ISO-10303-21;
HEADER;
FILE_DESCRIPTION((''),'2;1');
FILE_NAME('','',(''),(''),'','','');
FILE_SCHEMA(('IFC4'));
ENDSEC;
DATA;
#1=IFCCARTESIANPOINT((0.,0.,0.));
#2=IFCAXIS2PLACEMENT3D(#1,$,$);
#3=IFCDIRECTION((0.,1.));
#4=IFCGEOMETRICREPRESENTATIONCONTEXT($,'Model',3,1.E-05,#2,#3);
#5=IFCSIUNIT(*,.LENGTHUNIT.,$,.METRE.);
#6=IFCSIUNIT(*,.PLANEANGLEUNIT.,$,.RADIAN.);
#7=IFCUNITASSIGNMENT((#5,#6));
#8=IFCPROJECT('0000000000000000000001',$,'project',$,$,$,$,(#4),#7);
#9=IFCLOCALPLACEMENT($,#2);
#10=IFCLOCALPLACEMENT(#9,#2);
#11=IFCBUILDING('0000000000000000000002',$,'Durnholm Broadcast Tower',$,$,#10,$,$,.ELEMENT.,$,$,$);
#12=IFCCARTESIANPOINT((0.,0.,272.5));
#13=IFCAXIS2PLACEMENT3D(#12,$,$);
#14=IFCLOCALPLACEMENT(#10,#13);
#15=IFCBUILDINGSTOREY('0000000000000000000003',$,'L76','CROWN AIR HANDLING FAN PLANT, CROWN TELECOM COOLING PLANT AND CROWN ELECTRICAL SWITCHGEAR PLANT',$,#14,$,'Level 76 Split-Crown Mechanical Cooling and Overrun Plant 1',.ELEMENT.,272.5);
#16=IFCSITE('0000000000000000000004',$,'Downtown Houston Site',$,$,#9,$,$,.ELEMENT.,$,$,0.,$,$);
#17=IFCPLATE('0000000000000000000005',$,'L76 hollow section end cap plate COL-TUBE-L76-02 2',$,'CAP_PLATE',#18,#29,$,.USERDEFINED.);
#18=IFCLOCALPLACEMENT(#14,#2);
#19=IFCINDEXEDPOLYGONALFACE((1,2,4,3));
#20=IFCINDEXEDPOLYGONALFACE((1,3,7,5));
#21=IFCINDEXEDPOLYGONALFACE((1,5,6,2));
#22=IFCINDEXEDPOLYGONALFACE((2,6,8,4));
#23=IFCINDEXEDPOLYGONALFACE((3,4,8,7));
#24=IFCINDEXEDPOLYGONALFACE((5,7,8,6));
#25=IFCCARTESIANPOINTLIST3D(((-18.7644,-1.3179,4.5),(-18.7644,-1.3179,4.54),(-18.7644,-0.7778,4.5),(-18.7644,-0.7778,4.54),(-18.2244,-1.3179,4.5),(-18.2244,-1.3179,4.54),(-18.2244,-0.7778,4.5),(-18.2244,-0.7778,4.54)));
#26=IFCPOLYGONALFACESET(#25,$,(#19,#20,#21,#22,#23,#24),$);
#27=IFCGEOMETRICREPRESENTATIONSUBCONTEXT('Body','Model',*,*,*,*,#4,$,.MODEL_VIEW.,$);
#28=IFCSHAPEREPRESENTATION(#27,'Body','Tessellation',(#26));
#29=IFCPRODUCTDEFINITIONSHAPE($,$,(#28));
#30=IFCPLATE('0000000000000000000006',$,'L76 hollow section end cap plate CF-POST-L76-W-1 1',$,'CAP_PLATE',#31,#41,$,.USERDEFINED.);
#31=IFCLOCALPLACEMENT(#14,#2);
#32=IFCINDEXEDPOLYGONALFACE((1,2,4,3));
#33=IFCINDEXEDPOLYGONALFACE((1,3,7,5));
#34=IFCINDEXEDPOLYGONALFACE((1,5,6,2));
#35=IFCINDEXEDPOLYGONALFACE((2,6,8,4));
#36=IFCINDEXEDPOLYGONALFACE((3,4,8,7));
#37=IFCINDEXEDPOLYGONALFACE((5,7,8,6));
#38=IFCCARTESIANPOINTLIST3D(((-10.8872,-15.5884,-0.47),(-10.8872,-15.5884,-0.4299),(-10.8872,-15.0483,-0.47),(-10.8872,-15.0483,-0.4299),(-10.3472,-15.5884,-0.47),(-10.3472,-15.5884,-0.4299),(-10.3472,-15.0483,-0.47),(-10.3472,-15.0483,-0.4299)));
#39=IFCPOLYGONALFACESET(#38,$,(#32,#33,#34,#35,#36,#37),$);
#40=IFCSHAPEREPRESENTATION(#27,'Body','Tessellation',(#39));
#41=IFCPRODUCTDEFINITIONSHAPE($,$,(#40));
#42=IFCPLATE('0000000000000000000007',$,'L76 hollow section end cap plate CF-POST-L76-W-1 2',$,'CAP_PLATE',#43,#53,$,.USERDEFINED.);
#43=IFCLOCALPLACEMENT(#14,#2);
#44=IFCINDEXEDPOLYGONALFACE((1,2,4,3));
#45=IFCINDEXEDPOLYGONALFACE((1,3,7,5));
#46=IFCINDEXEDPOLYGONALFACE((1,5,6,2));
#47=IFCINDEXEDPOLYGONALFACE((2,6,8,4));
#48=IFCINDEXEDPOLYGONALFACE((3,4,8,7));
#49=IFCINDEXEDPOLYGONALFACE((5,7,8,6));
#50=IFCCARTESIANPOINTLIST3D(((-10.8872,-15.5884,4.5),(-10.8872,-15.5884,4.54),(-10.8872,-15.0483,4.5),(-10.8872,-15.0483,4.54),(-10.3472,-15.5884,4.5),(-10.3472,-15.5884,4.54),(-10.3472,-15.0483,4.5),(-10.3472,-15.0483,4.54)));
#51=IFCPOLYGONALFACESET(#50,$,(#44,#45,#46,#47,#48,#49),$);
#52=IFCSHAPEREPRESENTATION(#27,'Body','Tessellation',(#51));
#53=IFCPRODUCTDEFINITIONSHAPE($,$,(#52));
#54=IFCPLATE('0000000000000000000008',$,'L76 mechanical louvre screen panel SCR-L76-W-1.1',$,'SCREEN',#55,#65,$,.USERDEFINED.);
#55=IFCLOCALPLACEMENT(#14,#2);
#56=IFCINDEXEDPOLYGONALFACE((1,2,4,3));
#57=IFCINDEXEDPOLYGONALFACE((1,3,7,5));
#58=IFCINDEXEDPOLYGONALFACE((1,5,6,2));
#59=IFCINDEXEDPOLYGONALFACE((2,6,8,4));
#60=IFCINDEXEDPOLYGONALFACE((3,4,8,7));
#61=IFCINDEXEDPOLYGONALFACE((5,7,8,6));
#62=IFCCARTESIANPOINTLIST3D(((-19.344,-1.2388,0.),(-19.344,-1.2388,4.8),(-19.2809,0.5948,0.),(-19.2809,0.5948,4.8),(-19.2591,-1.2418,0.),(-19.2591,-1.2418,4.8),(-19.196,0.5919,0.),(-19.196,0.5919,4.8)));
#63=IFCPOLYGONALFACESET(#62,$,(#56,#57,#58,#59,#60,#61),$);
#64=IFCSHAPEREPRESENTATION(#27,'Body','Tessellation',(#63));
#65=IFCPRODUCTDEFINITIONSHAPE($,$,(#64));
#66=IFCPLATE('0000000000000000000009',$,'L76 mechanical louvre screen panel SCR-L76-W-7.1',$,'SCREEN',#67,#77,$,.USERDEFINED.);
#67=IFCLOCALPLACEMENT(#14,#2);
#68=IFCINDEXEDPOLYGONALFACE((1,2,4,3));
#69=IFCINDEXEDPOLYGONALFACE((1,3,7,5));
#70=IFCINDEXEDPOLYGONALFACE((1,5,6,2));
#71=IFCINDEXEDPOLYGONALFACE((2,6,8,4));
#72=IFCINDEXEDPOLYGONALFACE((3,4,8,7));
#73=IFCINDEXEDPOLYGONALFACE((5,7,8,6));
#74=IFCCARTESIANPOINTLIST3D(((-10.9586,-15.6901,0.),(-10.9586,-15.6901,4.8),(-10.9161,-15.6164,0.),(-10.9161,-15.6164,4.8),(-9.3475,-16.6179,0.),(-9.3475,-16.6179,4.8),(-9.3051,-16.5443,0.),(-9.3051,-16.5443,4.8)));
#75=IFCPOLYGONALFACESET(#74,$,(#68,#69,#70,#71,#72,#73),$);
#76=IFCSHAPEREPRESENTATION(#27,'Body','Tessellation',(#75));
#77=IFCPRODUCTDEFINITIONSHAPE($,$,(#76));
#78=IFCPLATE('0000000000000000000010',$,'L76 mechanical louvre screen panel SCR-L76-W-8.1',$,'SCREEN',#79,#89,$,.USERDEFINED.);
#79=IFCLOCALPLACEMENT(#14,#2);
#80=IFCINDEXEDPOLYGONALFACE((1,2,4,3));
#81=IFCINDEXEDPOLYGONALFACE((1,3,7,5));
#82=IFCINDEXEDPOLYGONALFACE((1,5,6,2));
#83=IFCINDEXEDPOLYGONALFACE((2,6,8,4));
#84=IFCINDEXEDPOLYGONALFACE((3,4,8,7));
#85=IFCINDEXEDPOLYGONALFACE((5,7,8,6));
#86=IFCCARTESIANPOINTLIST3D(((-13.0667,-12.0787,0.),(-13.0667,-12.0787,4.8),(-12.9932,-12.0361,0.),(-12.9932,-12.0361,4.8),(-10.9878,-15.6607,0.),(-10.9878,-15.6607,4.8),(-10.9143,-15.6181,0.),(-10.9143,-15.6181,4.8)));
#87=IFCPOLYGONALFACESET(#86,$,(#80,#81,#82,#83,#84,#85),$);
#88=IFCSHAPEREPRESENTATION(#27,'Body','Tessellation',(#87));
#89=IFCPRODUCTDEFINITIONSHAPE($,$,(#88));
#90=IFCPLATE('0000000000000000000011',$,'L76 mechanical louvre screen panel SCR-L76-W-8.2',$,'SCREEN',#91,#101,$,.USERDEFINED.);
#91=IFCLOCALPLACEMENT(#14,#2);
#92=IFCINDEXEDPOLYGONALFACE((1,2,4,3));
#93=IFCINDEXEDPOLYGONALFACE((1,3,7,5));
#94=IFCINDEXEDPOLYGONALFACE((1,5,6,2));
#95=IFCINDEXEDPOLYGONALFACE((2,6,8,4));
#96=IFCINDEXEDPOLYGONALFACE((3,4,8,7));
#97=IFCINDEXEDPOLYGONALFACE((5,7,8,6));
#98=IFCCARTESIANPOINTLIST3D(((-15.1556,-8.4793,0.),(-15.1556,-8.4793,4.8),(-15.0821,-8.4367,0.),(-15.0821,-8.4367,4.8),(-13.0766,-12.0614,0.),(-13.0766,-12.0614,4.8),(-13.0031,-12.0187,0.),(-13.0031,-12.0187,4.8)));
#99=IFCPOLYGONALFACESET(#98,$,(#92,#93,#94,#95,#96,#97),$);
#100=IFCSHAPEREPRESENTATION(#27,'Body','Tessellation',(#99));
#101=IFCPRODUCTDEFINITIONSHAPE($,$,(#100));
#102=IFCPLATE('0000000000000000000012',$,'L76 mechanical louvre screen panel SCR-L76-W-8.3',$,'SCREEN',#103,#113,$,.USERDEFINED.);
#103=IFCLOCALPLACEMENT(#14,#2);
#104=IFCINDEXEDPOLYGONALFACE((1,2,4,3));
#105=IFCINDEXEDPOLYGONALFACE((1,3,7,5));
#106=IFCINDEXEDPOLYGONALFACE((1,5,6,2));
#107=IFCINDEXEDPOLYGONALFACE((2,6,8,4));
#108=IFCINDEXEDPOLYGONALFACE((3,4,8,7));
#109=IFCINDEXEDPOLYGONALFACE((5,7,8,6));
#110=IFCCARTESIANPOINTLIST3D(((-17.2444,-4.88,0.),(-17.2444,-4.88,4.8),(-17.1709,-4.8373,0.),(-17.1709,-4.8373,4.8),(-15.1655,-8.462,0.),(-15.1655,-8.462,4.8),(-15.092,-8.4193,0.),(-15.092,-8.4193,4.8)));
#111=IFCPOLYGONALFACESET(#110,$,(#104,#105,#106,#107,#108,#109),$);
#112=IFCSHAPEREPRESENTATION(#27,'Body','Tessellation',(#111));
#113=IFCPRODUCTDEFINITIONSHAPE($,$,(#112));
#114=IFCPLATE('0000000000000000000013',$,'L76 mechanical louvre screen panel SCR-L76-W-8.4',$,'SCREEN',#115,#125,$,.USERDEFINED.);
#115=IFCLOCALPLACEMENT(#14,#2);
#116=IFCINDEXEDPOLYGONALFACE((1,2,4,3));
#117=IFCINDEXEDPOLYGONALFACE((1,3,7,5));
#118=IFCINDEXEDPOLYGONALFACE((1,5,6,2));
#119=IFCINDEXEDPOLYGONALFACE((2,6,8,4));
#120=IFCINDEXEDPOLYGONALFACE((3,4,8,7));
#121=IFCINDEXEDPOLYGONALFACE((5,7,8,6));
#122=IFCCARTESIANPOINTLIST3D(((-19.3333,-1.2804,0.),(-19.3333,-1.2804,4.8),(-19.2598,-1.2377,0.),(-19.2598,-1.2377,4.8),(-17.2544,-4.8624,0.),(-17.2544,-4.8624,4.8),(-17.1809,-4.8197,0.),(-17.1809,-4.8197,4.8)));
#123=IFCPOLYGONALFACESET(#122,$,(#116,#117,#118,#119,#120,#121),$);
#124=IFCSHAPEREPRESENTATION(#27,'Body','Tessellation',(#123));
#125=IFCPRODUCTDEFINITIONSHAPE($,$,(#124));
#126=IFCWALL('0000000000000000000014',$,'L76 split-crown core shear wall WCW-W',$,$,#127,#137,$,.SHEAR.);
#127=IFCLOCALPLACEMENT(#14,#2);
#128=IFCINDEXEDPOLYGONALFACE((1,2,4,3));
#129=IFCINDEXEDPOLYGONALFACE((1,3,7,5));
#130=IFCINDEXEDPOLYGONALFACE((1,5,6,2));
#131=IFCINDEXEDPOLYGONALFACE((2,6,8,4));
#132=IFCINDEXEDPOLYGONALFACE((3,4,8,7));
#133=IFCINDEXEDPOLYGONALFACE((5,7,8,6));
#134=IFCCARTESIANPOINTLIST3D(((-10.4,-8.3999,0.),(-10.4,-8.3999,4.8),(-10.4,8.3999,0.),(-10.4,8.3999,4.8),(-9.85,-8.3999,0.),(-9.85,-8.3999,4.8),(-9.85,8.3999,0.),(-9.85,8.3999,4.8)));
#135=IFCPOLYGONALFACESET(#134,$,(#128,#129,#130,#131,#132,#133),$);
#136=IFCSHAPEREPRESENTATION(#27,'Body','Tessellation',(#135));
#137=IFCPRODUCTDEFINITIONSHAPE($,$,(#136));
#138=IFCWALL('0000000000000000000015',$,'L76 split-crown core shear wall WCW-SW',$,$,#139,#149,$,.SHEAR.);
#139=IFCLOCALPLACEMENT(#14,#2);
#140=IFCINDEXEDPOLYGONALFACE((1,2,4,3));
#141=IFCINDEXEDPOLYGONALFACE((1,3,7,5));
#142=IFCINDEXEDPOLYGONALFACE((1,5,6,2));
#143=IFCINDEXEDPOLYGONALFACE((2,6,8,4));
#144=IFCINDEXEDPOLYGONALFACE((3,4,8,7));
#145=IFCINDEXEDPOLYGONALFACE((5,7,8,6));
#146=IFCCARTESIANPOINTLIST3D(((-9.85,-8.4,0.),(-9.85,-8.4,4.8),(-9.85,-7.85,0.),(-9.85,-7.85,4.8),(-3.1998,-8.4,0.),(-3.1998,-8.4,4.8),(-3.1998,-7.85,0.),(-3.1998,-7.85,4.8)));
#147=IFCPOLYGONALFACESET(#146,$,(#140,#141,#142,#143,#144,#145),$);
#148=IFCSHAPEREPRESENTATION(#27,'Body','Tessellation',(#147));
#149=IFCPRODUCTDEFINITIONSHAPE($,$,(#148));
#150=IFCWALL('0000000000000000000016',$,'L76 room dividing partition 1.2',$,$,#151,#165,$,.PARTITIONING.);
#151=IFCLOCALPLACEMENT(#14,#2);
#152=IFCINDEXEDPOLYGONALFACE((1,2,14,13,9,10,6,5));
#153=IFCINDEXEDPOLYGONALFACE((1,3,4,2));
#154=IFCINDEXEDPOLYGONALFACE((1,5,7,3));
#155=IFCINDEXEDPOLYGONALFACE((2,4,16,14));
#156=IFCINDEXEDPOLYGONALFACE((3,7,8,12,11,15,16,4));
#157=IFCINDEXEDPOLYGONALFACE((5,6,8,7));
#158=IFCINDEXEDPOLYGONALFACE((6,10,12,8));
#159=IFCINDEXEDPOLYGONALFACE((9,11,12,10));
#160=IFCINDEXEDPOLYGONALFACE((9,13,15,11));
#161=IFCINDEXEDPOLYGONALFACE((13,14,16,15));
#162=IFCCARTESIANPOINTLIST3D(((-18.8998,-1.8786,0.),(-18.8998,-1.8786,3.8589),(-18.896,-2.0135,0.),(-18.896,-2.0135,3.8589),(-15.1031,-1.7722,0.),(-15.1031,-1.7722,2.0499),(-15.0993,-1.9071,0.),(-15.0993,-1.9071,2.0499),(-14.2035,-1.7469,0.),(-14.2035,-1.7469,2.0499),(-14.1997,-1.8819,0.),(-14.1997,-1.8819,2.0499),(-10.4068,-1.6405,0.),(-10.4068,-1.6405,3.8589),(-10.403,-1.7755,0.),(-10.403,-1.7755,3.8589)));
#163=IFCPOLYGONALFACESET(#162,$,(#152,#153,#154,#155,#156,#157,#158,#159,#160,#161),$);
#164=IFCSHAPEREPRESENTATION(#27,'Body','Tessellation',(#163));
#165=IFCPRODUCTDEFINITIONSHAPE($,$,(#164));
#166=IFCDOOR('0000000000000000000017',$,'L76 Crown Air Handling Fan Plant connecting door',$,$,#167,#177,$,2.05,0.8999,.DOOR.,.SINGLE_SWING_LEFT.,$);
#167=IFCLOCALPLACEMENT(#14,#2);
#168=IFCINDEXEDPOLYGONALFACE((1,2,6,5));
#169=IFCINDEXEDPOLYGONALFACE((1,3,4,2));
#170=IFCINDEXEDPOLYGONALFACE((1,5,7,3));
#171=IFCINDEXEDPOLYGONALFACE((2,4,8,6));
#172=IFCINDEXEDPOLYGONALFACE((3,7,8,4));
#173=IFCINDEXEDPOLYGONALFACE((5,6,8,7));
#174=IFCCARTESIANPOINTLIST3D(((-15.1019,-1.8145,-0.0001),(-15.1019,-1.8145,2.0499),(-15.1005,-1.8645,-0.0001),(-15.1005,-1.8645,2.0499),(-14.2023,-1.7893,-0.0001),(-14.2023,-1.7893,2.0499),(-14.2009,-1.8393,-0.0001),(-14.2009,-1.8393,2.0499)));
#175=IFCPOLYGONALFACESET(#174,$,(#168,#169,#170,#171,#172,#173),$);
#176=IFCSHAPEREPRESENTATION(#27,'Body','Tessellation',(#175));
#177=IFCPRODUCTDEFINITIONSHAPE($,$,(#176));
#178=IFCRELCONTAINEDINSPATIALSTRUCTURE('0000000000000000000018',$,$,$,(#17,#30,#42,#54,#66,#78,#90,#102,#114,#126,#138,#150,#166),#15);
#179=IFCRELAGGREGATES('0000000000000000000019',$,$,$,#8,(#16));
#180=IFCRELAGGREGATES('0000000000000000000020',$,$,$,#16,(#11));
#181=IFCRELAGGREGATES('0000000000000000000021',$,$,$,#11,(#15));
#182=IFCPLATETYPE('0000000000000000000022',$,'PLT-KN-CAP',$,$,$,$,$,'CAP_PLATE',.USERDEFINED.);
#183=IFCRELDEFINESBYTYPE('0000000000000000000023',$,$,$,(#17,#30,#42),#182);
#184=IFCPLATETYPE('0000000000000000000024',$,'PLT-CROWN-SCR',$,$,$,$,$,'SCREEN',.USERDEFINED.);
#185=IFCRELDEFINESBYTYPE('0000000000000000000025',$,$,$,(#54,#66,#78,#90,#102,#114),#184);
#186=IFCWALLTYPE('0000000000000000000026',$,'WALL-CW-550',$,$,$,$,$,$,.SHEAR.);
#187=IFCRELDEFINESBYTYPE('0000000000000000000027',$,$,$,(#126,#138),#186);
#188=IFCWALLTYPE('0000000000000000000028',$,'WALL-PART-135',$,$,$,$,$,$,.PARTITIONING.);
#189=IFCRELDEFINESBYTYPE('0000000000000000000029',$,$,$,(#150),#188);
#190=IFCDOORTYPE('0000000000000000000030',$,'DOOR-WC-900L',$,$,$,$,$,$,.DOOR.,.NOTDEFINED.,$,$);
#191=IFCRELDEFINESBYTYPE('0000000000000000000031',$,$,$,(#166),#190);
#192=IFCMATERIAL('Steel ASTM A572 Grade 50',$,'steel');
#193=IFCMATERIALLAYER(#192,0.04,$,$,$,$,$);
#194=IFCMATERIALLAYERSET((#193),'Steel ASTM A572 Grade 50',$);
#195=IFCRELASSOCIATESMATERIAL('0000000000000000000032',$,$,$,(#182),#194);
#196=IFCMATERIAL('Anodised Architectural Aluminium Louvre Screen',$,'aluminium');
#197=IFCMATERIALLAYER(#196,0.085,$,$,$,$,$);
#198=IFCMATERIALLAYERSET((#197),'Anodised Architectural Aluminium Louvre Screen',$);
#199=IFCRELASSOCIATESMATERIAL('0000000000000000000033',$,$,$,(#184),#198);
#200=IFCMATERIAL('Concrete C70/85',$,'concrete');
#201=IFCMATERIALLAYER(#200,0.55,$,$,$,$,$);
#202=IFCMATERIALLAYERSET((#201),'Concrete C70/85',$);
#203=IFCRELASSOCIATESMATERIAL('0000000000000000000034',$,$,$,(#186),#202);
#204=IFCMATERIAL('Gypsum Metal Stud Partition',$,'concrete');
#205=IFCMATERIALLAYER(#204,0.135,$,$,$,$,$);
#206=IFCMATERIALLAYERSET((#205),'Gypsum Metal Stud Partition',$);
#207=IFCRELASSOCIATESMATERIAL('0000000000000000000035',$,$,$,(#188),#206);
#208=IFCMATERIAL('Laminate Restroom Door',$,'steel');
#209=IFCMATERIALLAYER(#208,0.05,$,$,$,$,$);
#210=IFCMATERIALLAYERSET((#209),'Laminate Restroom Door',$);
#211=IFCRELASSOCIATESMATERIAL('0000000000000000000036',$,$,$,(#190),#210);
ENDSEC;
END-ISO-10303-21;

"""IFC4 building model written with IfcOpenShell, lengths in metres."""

from ifc_helpers import new_model, si_unit, direction, frame, frame_2d, origin, origin_2d, place, context, subcontext, project, spatial, rectangle, extrude, source, transform, mapped, material, layer, layer_set, type_object, type_shapes, element, fill, save


model = new_model("IFC4")

# Units and contexts
model_context = context("Model", 3, precision=1e-05, world=origin(), true_north=direction((0.0, 1.0)))
body_context = subcontext(model_context, "Body", "Model", "MODEL_VIEW")
ifc_project = project(units=[si_unit("LENGTHUNIT", "METRE"), si_unit("PLANEANGLEUNIT", "RADIAN")], contexts=[model_context])

# Site, building, storey
site_placement = place(None, origin())
site = spatial("IfcSite", under=ifc_project, at=site_placement, Name="Downtown Houston Site", CompositionType="ELEMENT", RefElevation=0.0)
building_placement = place(site_placement, origin())
building = spatial("IfcBuilding", under=site, at=building_placement, Name="Durnholm Broadcast Tower", CompositionType="ELEMENT")
storey_placement = place(building_placement, frame((0.0, 0.0, 272.5)))
storey = spatial("IfcBuildingStorey", under=building, at=storey_placement, Name="L76", Description="CROWN AIR HANDLING FAN PLANT, CROWN TELECOM COOLING PLANT AND CROWN ELECTRICAL SWITCHGEAR PLANT", LongName="Level 76 Split-Crown Mechanical Cooling and Overrun Plant 1", CompositionType="ELEMENT", Elevation=272.5)

# Shared definitions
ifc_material_1 = material(Name="Concrete C70/85", Category="concrete")

# Plates
ifc_material_2 = material(Name="Steel ASTM A572 Grade 50", Category="steel")
ifc_layer_1 = layer(ifc_material_2, 0.04)
ifc_layer_set_1 = layer_set([ifc_layer_1], Name="Steel ASTM A572 Grade 50")
plate_type_1 = type_object("IfcPlateType", Name="PLT-KN-CAP", ElementType="CAP_PLATE", PredefinedType="USERDEFINED", material=ifc_layer_set_1)
shared_shape_1 = source(origin(), body_context, "Body", "SweptSolid", [
    extrude(rectangle(XDim=0.54, YDim=0.54, at=origin_2d()), origin(), (0.0, 0.0, 1.0), 0.04),
])
type_shapes(plate_type_1, [shared_shape_1])
for number, where, z_axis, x_axis, name in (
    (1, (-18.4944, -1.0479, 4.5), (0.0, 0.0, 1.0), (1.0, 0.0, 0.0), "L76 hollow section end cap plate COL-TUBE-L76-02 2"),
    (2, (-10.6172, -15.3184, -0.47), (0.0, 0.0, 1.0), (1.0, 0.0, 0.0), "L76 hollow section end cap plate CF-POST-L76-W-1 1"),
    (3, (-10.6172, -15.3184, 4.5), (0.0, 0.0, 1.0), (1.0, 0.0, 0.0), "L76 hollow section end cap plate CF-POST-L76-W-1 2"),
):
    element("IfcPlate", number, at=place(storey_placement, frame(where, z_axis=z_axis, x_axis=x_axis)), inside=storey, type_object=plate_type_1, Name=name, ObjectType="CAP_PLATE", PredefinedType="USERDEFINED", context=body_context, shape_type="MappedRepresentation", body=[
        mapped(shared_shape_1, transform((0.0, 0.0, 0.0), x_axis=(1.0, 0.0, 0.0), y_axis=(0.0, 1.0, 0.0), z_axis=(0.0, 0.0, 1.0), scale=1.0)),
    ])
ifc_material_3 = material(Name="Anodised Architectural Aluminium Louvre Screen", Category="aluminium")
ifc_layer_2 = layer(ifc_material_3, 0.085)
ifc_layer_set_2 = layer_set([ifc_layer_2], Name="Anodised Architectural Aluminium Louvre Screen")
plate_type_2 = type_object("IfcPlateType", Name="PLT-CROWN-SCR", ElementType="SCREEN", PredefinedType="USERDEFINED", material=ifc_layer_set_2)
shared_shape_2 = source(origin(), body_context, "Body", "SweptSolid", [
    extrude(rectangle(XDim=1.8347, YDim=0.085, at=origin_2d()), origin(), (0.0, 0.0, 1.0), 4.8),
])
plate_1_placement = place(storey_placement, frame((-19.27, -0.3235, 0.0), z_axis=(0.0, 0.0, 1.0), x_axis=(0.034376, 0.999409, 0.0)))
element("IfcPlate", 4, at=plate_1_placement, inside=storey, type_object=plate_type_2, Name="L76 mechanical louvre screen panel SCR-L76-W-1.1", ObjectType="SCREEN", PredefinedType="USERDEFINED", context=body_context, shape_type="MappedRepresentation", body=[
    mapped(shared_shape_2, transform((0.0, 0.0, 0.0), x_axis=(1.0, 0.0, 0.0), y_axis=(0.0, 1.0, 0.0), z_axis=(0.0, 0.0, 1.0), scale=1.0)),
])
shared_shape_3 = source(origin(), body_context, "Body", "SweptSolid", [
    extrude(rectangle(XDim=1.8591, YDim=0.085, at=origin_2d()), origin(), (0.0, 0.0, 1.0), 4.8),
])
plate_2_placement = place(storey_placement, frame((-10.1318, -16.1172, 0.0), z_axis=(0.0, 0.0, 1.0), x_axis=(-0.866549, 0.499093, 0.0)))
element("IfcPlate", 5, at=plate_2_placement, inside=storey, type_object=plate_type_2, Name="L76 mechanical louvre screen panel SCR-L76-W-7.1", ObjectType="SCREEN", PredefinedType="USERDEFINED", context=body_context, shape_type="MappedRepresentation", body=[
    mapped(shared_shape_3, transform((0.0, 0.0, 0.0), x_axis=(1.0, 0.0, 0.0), y_axis=(0.0, 1.0, 0.0), z_axis=(0.0, 0.0, 1.0), scale=1.0)),
])
shared_shape_4 = source(origin(), body_context, "Body", "SweptSolid", [
    extrude(rectangle(XDim=4.1416, YDim=0.085, at=origin_2d()), origin(), (0.0, 0.0, 1.0), 4.8),
])
type_shapes(plate_type_2, [shared_shape_2, shared_shape_3, shared_shape_4])
for number, where, z_axis, x_axis, name in (
    (6, (-11.9905, -13.8484, 0.0), (0.0, 0.0, 1.0), (-0.501964, 0.864889, 0.0), "L76 mechanical louvre screen panel SCR-L76-W-8.1"),
    (7, (-14.0793, -10.249, 0.0), (0.0, 0.0, 1.0), (-0.501964, 0.864889, 0.0), "L76 mechanical louvre screen panel SCR-L76-W-8.2"),
    (8, (-16.1682, -6.6497, 0.0), (0.0, 0.0, 1.0), (-0.501964, 0.864889, 0.0), "L76 mechanical louvre screen panel SCR-L76-W-8.3"),
    (9, (-18.2571, -3.05, 0.0), (0.0, 0.0, 1.0), (-0.501964, 0.864889, 0.0), "L76 mechanical louvre screen panel SCR-L76-W-8.4"),
):
    element("IfcPlate", number, at=place(storey_placement, frame(where, z_axis=z_axis, x_axis=x_axis)), inside=storey, type_object=plate_type_2, Name=name, ObjectType="SCREEN", PredefinedType="USERDEFINED", context=body_context, shape_type="MappedRepresentation", body=[
        mapped(shared_shape_4, transform((0.0, 0.0, 0.0), x_axis=(1.0, 0.0, 0.0), y_axis=(0.0, 1.0, 0.0), z_axis=(0.0, 0.0, 1.0), scale=1.0)),
    ])

# Walls
ifc_layer_3 = layer(ifc_material_1, 0.55)
ifc_layer_set_3 = layer_set([ifc_layer_3], Name="Concrete C70/85")
wall_type_1 = type_object("IfcWallType", Name="WALL-CW-550", PredefinedType="SHEAR", material=ifc_layer_set_3)
wall_1_placement = place(storey_placement, frame((-10.125, -8.3999, 0.0), z_axis=(0.0, 0.0, 1.0), x_axis=(0.0, 1.0, 0.0)))
element("IfcWall", 10, at=wall_1_placement, inside=storey, type_object=wall_type_1, Name="L76 split-crown core shear wall WCW-W", PredefinedType="SHEAR", context=body_context, shape_type="SweptSolid", body=[
    extrude(rectangle(XDim=16.7998, YDim=0.55, at=frame_2d((8.3999, 0.0))), origin(), (0.0, 0.0, 1.0), 4.8),
])
wall_2_placement = place(storey_placement, frame((-9.8501, -8.125, 0.0), z_axis=(0.0, 0.0, 1.0), x_axis=(1.0, 0.0, 0.0)))
element("IfcWall", 11, at=wall_2_placement, inside=storey, type_object=wall_type_1, Name="L76 split-crown core shear wall WCW-SW", PredefinedType="SHEAR", context=body_context, shape_type="SweptSolid", body=[
    extrude(rectangle(XDim=6.6501, YDim=0.55, at=frame_2d((3.3252, 0.0))), origin(), (0.0, 0.0, 1.0), 4.8),
])

# Wall, opening, door
ifc_material_4 = material(Name="Gypsum Metal Stud Partition", Category="concrete")
ifc_layer_4 = layer(ifc_material_4, 0.135)
ifc_layer_set_4 = layer_set([ifc_layer_4], Name="Gypsum Metal Stud Partition")
wall_type_2 = type_object("IfcWallType", Name="WALL-PART-135", PredefinedType="PARTITIONING", material=ifc_layer_set_4)
wall_3_placement = place(storey_placement, frame((-10.405, -1.708, 0.0), z_axis=(0.0, 0.0, 1.0), x_axis=(-0.999607, -0.028017, 0.0)))
wall_3 = element("IfcWall", 12, at=wall_3_placement, inside=storey, type_object=wall_type_2, Name="L76 room dividing partition 1.2", PredefinedType="PARTITIONING", context=body_context, shape_type="SweptSolid", body=[
    extrude(rectangle(XDim=8.4963, YDim=0.135, at=frame_2d((4.248, 0.0))), origin(), (0.0, 0.0, 1.0), 3.8589),
])
opening_placement = place(wall_3_placement, frame((3.7981, 0.0, 0.0)))
opening = element("IfcOpeningElement", 13, at=opening_placement, cuts=wall_3, PredefinedType="OPENING", context=body_context, shape_type="SweptSolid", body=[
    extrude(rectangle(XDim=0.8999, YDim=2.05, at=frame_2d((0.45, 1.0249))), frame((0.0, 0.0776, 0.0), z_axis=(0.0, -1.0, 0.0), x_axis=(1.0, 0.0, 0.0)), (0.0, 0.0, 1.0), 0.155),
])
ifc_material_5 = material(Name="Laminate Restroom Door", Category="steel")
ifc_layer_5 = layer(ifc_material_5, 0.05)
ifc_layer_set_5 = layer_set([ifc_layer_5], Name="Laminate Restroom Door")
door_type = type_object("IfcDoorType", Name="DOOR-WC-900L", OperationType="NOTDEFINED", PredefinedType="DOOR", material=ifc_layer_set_5)
shared_shape_5 = source(origin(), body_context, "Body", "SweptSolid", [
    extrude(rectangle(XDim=0.8999, YDim=2.05, at=frame_2d((0.45, 1.0249))), frame((0.0, 0.0249, 0.0), z_axis=(0.0, -1.0, 0.0), x_axis=(1.0, 0.0, 0.0)), (0.0, 0.0, 1.0), 0.05),
])
type_shapes(door_type, [shared_shape_5])
door_placement = place(opening_placement, origin())
door = element("IfcDoor", 14, at=door_placement, inside=storey, type_object=door_type, Name="L76 Crown Air Handling Fan Plant connecting door", OperationType="SINGLE_SWING_LEFT", OverallHeight=2.05, OverallWidth=0.8999, PredefinedType="DOOR", context=body_context, shape_type="MappedRepresentation", body=[
    mapped(shared_shape_5, transform((0.0, 0.0, 0.0), x_axis=(1.0, 0.0, 0.0), y_axis=(0.0, 1.0, 0.0), z_axis=(0.0, 0.0, 1.0), scale=1.0)),
])
fill(opening, door)

save(model, "model.ifc")
